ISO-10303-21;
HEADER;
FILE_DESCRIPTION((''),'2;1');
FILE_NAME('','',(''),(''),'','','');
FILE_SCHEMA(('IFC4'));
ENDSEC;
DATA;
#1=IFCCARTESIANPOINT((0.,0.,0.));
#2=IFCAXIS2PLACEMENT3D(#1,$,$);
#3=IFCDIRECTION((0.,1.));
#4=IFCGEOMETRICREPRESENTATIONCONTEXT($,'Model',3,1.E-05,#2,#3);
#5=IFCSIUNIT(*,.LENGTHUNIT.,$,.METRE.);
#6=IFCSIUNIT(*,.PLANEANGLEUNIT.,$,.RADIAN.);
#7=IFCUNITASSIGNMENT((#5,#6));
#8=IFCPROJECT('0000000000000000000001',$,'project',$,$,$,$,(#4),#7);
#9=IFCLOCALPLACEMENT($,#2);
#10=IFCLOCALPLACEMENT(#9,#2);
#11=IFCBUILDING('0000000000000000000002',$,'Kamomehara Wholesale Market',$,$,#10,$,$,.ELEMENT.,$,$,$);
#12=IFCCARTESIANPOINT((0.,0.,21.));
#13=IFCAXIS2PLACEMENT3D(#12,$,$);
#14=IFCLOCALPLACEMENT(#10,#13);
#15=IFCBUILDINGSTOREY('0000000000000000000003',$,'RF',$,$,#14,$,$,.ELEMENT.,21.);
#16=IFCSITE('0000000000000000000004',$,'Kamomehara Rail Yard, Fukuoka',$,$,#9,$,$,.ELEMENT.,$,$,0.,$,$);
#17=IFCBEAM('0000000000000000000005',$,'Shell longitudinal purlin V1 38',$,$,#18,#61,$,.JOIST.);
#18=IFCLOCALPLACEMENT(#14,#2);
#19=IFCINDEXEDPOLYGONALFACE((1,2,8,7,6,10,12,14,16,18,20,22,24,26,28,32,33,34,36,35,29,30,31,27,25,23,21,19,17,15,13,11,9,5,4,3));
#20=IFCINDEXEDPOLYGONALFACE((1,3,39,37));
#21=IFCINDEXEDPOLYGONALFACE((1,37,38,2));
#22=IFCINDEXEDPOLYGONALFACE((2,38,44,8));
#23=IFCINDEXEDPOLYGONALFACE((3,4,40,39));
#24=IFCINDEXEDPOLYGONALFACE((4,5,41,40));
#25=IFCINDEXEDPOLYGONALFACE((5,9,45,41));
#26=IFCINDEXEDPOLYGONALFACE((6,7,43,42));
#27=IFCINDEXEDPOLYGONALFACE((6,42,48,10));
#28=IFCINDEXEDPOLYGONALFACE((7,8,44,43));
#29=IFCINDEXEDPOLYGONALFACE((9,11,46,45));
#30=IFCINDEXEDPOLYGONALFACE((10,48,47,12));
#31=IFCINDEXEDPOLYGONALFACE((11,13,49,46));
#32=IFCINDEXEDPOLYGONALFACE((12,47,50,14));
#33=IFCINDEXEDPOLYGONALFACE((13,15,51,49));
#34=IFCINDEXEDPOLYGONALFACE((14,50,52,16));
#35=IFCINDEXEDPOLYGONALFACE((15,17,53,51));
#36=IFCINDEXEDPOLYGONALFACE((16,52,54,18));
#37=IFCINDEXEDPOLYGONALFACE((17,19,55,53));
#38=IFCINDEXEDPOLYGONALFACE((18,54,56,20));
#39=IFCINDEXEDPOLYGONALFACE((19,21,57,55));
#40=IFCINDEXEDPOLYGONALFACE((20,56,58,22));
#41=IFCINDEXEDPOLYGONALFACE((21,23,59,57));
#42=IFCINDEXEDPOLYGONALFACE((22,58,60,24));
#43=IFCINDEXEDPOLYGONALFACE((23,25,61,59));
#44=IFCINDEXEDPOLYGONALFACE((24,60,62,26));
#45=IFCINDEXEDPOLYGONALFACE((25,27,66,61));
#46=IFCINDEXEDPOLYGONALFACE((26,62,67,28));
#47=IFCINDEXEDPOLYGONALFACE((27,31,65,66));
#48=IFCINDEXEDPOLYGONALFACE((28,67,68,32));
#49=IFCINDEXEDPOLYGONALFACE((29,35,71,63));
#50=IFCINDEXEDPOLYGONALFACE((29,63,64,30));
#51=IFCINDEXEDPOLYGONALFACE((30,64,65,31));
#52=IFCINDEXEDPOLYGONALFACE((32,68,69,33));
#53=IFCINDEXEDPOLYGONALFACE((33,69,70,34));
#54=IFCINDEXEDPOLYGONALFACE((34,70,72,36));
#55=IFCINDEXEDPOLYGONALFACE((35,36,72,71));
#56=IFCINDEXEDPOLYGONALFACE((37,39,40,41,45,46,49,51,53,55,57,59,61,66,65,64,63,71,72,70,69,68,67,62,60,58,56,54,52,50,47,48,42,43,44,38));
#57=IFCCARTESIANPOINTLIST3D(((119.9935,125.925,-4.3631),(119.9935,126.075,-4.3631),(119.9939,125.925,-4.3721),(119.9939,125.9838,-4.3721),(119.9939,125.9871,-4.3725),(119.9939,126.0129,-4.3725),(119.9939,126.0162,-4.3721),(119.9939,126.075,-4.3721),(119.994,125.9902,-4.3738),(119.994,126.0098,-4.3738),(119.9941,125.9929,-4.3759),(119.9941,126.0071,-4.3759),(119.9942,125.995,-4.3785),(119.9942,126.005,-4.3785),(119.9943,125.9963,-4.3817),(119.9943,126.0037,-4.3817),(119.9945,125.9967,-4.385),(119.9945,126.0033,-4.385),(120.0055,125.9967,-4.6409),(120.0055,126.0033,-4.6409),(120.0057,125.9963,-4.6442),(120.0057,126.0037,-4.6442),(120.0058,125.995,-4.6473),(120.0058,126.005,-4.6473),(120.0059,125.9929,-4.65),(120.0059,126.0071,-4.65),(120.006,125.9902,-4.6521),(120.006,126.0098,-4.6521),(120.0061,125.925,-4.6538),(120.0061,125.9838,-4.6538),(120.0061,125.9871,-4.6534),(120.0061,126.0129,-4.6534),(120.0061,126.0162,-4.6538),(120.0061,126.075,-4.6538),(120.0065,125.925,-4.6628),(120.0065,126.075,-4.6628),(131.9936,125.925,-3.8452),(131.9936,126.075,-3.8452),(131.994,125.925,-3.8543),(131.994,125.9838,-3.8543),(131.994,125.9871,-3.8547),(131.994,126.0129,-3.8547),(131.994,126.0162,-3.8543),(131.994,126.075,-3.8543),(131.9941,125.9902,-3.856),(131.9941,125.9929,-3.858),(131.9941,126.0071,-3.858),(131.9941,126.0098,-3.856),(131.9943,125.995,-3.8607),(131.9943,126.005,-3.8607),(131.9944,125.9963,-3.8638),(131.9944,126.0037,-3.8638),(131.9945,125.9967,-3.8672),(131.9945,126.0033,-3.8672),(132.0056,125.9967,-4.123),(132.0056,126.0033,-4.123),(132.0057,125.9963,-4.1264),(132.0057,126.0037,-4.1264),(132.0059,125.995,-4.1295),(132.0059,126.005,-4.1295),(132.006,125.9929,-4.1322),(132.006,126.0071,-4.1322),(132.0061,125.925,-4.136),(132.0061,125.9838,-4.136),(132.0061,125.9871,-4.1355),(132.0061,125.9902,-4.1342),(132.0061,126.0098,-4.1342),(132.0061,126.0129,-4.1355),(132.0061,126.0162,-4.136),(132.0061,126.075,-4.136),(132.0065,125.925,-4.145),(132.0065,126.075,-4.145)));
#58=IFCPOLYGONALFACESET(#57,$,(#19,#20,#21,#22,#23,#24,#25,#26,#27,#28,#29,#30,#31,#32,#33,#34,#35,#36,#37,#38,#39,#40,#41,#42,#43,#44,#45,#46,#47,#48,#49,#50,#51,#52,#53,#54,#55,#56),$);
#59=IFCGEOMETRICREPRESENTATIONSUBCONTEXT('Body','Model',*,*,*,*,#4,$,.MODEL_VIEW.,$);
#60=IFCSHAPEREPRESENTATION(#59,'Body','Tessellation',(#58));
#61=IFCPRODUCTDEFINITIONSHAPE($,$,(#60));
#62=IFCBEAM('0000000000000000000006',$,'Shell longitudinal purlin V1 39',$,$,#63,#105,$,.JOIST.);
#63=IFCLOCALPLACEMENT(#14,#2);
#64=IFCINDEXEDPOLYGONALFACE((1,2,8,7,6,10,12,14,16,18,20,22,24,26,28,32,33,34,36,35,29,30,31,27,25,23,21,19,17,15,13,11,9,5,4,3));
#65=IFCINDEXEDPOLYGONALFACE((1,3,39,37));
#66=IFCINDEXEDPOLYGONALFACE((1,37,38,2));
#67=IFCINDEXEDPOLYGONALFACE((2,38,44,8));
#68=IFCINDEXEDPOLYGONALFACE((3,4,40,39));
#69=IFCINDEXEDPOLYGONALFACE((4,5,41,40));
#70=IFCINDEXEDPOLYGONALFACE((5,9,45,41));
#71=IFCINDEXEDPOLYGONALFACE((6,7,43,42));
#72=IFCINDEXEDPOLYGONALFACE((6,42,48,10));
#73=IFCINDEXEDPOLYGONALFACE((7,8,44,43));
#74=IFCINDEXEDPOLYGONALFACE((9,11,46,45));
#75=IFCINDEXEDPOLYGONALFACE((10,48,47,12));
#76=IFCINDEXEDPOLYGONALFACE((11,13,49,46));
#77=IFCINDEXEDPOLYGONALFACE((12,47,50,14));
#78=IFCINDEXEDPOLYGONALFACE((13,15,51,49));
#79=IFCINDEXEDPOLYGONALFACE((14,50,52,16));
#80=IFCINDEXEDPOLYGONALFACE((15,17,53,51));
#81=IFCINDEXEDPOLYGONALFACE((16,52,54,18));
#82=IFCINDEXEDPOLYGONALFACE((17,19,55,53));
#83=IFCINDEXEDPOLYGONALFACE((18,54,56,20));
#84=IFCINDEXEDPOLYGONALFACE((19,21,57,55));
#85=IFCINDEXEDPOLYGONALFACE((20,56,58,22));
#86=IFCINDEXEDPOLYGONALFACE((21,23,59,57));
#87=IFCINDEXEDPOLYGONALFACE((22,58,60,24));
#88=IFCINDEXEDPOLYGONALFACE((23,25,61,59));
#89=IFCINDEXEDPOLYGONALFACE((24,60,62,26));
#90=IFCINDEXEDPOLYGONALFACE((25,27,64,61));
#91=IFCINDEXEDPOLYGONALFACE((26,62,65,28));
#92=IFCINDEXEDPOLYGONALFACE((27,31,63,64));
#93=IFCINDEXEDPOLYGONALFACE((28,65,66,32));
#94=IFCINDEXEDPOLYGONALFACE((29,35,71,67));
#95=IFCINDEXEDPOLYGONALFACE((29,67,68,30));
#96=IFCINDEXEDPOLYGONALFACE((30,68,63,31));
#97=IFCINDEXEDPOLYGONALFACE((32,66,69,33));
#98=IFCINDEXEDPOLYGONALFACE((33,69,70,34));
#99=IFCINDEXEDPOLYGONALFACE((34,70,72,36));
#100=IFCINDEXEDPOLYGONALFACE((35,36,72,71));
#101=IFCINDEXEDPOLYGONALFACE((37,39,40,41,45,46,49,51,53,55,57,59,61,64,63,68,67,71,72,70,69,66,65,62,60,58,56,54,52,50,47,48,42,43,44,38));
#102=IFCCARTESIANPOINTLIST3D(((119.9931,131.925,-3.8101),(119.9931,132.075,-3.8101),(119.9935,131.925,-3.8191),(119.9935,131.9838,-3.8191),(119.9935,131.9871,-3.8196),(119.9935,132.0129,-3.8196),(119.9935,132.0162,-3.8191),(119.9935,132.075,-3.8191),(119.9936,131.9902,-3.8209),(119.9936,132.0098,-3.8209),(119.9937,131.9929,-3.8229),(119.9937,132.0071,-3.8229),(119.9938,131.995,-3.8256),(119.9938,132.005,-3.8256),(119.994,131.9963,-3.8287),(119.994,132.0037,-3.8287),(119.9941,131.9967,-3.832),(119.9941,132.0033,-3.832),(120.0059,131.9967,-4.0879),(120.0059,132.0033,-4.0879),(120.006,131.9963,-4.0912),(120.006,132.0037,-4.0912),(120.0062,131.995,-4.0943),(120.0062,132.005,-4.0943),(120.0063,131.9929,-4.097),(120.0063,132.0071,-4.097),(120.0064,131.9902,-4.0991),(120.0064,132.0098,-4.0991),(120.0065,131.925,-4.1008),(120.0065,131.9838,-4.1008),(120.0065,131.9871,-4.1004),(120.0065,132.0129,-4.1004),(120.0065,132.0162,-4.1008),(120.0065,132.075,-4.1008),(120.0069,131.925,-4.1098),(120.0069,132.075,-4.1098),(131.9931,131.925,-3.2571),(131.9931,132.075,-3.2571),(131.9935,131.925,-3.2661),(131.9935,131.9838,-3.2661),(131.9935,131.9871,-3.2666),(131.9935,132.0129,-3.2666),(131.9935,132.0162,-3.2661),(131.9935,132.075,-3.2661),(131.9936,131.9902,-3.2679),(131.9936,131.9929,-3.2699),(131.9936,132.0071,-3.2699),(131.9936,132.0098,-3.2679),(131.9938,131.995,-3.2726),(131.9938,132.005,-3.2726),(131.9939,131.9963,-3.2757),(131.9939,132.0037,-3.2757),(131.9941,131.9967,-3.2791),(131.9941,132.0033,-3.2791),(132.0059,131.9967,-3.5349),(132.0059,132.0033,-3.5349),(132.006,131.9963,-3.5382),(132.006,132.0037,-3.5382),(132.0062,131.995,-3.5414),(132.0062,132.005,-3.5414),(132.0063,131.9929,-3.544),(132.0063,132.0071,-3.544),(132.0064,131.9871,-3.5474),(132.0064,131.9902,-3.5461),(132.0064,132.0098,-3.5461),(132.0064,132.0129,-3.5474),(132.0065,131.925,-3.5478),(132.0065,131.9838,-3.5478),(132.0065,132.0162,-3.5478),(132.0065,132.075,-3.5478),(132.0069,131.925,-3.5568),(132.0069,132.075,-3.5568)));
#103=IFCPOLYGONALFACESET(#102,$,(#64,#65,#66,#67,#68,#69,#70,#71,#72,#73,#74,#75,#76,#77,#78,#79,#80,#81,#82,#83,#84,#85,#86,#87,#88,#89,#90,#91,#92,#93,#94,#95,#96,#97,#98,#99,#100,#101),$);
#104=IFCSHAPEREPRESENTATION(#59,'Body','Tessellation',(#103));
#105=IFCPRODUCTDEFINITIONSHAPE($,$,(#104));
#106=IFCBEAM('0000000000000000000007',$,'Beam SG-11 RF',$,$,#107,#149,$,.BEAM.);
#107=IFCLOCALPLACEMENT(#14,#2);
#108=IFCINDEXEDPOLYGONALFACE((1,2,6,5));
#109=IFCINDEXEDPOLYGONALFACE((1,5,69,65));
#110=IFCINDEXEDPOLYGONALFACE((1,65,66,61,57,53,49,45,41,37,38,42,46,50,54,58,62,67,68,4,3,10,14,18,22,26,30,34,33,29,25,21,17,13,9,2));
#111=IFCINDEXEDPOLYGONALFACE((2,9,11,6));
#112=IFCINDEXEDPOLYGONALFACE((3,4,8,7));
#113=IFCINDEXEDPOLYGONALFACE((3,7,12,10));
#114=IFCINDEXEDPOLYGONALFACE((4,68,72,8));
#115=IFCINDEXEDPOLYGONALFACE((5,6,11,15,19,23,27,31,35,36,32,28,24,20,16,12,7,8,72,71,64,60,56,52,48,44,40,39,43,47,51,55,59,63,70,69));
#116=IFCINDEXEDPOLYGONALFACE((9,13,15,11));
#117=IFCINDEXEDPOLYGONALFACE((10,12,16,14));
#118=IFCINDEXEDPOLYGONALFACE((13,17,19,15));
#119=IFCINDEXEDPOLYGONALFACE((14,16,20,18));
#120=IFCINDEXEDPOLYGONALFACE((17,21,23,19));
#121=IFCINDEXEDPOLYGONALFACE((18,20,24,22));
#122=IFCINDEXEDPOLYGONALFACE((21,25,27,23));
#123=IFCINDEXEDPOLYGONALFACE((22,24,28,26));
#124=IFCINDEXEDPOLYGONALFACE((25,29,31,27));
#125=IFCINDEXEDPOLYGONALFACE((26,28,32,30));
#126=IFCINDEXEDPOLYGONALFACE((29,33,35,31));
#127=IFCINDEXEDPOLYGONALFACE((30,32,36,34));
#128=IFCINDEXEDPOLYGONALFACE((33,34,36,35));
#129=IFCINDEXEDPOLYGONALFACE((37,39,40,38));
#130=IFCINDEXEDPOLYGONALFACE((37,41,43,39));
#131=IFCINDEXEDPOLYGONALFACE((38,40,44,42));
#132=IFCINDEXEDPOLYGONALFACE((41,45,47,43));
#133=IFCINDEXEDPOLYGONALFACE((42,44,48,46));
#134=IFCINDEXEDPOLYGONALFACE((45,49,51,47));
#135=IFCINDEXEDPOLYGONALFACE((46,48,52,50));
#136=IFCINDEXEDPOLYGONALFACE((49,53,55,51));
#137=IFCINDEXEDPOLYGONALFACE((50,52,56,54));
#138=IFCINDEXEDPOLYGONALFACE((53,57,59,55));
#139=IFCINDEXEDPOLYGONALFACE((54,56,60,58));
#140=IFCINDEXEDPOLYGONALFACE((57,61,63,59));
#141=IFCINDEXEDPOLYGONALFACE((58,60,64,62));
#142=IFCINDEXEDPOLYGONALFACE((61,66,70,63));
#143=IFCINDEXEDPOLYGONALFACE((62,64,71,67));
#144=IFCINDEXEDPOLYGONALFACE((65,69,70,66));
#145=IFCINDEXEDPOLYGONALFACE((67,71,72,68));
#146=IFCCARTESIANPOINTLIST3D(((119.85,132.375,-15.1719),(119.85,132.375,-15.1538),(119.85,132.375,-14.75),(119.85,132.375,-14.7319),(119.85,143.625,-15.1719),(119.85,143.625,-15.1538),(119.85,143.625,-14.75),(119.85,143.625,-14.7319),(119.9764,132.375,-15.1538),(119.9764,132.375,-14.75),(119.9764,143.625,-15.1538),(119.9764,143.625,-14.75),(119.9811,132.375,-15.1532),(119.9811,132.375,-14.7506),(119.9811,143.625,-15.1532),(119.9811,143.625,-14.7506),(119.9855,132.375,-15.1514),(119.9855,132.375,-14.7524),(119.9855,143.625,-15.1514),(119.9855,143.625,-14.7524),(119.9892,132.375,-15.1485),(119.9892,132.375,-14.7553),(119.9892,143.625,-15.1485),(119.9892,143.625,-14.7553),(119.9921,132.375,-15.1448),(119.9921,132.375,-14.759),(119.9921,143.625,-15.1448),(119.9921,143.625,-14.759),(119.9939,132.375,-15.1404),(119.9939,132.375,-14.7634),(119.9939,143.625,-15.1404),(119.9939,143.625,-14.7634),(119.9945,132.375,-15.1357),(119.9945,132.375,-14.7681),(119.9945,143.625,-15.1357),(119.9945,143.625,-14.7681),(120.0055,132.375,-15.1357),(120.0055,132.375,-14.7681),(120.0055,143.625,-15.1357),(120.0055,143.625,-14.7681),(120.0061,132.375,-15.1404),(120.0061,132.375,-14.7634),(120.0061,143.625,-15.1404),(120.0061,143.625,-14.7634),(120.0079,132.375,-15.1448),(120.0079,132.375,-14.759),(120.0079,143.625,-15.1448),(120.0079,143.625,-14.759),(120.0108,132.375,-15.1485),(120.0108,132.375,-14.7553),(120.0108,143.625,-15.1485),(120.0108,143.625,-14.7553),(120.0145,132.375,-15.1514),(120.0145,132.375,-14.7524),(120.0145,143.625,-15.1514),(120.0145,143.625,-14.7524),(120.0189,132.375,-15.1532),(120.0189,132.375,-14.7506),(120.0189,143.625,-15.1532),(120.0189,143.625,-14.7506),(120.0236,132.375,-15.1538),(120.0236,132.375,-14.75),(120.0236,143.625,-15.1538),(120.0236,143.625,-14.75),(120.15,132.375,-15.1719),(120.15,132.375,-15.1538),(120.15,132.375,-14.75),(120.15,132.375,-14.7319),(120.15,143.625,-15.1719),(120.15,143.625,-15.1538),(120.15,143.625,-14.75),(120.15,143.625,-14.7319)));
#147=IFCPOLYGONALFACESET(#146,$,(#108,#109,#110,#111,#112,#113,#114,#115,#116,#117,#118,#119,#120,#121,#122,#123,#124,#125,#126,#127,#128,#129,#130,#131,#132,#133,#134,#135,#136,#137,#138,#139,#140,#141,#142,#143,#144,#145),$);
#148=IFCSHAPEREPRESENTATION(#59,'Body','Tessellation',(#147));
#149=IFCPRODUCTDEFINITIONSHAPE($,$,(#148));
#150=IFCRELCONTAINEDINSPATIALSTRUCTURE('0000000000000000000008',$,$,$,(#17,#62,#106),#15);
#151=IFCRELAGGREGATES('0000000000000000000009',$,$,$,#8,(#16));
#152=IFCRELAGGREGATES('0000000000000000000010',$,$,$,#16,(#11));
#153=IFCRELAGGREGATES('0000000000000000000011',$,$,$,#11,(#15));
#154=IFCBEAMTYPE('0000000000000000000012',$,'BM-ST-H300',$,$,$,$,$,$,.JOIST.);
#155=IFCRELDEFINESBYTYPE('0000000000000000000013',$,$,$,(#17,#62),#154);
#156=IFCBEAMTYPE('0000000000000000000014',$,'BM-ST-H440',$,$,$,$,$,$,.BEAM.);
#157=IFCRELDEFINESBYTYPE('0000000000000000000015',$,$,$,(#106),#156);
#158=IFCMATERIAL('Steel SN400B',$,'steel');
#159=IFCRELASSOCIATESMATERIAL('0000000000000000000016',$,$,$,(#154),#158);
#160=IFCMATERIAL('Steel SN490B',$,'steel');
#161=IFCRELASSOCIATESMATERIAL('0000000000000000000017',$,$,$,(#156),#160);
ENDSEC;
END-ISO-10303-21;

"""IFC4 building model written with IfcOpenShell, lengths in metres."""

from ifc_helpers import new_model, si_unit, direction, frame, origin, origin_2d, place, context, subcontext, project, spatial, i_section, extrude, material, material_profile, profile_set, type_object, element, save


model = new_model("IFC4")

# Units and contexts
model_context = context("Model", 3, precision=1e-05, world=origin(), true_north=direction((0.0, 1.0)))
body_context = subcontext(model_context, "Body", "Model", "MODEL_VIEW")
ifc_project = project(units=[si_unit("LENGTHUNIT", "METRE"), si_unit("PLANEANGLEUNIT", "RADIAN")], contexts=[model_context])

# Site, building, storey
site_placement = place(None, origin())
site = spatial("IfcSite", under=ifc_project, at=site_placement, Name="Kamomehara Rail Yard, Fukuoka", CompositionType="ELEMENT", RefElevation=0.0)
building_placement = place(site_placement, origin())
building = spatial("IfcBuilding", under=site, at=building_placement, Name="Kamomehara Wholesale Market", CompositionType="ELEMENT")
storey_placement = place(building_placement, frame((0.0, 0.0, 21.0)))
storey = spatial("IfcBuildingStorey", under=building, at=storey_placement, Name="RF", CompositionType="ELEMENT", Elevation=21.0)

# Beams
ifc_material_1 = material(Name="Steel SN400B", Category="steel")
ifc_material_profile_1 = material_profile(ifc_material_1, i_section(OverallWidth=0.1499, OverallDepth=0.3, WebThickness=0.0066, FlangeThickness=0.009, FilletRadius=0.0129, at=origin_2d()), Name="H-300x150x6.5x9")
ifc_profile_set_1 = profile_set([ifc_material_profile_1], Name="Steel SN400B")
beam_type_1 = type_object("IfcBeamType", Name="BM-ST-H300", PredefinedType="JOIST", material=ifc_profile_set_1)
beam_1_placement = place(storey_placement, frame((120.0, 126.0, -4.5129), z_axis=(0.99907, 0.0, 0.043112), x_axis=(0.0, 1.0, 0.0)))
element("IfcBeam", 1, at=beam_1_placement, inside=storey, type_object=beam_type_1, Name="Shell longitudinal purlin V1 38", PredefinedType="JOIST", context=body_context, shape_type="SweptSolid", body=[
    extrude(i_section(OverallWidth=0.1499, OverallDepth=0.3, WebThickness=0.0066, FlangeThickness=0.009, FilletRadius=0.0129, at=origin_2d()), origin(), (0.0, 0.0, 1.0), 12.0112),
])
beam_2_placement = place(storey_placement, frame((120.0, 132.0, -3.96), z_axis=(0.99894, 0.0, 0.046033), x_axis=(0.0, 1.0, 0.0)))
element("IfcBeam", 2, at=beam_2_placement, inside=storey, type_object=beam_type_1, Name="Shell longitudinal purlin V1 39", PredefinedType="JOIST", context=body_context, shape_type="SweptSolid", body=[
    extrude(i_section(OverallWidth=0.1499, OverallDepth=0.3, WebThickness=0.0066, FlangeThickness=0.009, FilletRadius=0.0129, at=origin_2d()), origin(), (0.0, 0.0, 1.0), 12.0127),
])
ifc_material_2 = material(Name="Steel SN490B", Category="steel")
ifc_material_profile_2 = material_profile(ifc_material_2, i_section(OverallWidth=0.3, OverallDepth=0.4399, WebThickness=0.011, FlangeThickness=0.0181, FilletRadius=0.0181, at=origin_2d()), Name="H-440x300x11x18")
ifc_profile_set_2 = profile_set([ifc_material_profile_2], Name="Steel SN490B")
beam_type_2 = type_object("IfcBeamType", Name="BM-ST-H440", PredefinedType="BEAM", material=ifc_profile_set_2)
beam_3_placement = place(storey_placement, frame((120.0, 132.375, -14.9519), z_axis=(0.0, 1.0, 0.0), x_axis=(-1.0, 0.0, 0.0)))
element("IfcBeam", 3, at=beam_3_placement, inside=storey, type_object=beam_type_2, Name="Beam SG-11 RF", PredefinedType="BEAM", context=body_context, shape_type="SweptSolid", body=[
    extrude(i_section(OverallWidth=0.3, OverallDepth=0.4399, WebThickness=0.011, FlangeThickness=0.0181, FilletRadius=0.0181, at=origin_2d()), origin(), (0.0, 0.0, 1.0), 11.25),
])

save(model, "model.ifc")
